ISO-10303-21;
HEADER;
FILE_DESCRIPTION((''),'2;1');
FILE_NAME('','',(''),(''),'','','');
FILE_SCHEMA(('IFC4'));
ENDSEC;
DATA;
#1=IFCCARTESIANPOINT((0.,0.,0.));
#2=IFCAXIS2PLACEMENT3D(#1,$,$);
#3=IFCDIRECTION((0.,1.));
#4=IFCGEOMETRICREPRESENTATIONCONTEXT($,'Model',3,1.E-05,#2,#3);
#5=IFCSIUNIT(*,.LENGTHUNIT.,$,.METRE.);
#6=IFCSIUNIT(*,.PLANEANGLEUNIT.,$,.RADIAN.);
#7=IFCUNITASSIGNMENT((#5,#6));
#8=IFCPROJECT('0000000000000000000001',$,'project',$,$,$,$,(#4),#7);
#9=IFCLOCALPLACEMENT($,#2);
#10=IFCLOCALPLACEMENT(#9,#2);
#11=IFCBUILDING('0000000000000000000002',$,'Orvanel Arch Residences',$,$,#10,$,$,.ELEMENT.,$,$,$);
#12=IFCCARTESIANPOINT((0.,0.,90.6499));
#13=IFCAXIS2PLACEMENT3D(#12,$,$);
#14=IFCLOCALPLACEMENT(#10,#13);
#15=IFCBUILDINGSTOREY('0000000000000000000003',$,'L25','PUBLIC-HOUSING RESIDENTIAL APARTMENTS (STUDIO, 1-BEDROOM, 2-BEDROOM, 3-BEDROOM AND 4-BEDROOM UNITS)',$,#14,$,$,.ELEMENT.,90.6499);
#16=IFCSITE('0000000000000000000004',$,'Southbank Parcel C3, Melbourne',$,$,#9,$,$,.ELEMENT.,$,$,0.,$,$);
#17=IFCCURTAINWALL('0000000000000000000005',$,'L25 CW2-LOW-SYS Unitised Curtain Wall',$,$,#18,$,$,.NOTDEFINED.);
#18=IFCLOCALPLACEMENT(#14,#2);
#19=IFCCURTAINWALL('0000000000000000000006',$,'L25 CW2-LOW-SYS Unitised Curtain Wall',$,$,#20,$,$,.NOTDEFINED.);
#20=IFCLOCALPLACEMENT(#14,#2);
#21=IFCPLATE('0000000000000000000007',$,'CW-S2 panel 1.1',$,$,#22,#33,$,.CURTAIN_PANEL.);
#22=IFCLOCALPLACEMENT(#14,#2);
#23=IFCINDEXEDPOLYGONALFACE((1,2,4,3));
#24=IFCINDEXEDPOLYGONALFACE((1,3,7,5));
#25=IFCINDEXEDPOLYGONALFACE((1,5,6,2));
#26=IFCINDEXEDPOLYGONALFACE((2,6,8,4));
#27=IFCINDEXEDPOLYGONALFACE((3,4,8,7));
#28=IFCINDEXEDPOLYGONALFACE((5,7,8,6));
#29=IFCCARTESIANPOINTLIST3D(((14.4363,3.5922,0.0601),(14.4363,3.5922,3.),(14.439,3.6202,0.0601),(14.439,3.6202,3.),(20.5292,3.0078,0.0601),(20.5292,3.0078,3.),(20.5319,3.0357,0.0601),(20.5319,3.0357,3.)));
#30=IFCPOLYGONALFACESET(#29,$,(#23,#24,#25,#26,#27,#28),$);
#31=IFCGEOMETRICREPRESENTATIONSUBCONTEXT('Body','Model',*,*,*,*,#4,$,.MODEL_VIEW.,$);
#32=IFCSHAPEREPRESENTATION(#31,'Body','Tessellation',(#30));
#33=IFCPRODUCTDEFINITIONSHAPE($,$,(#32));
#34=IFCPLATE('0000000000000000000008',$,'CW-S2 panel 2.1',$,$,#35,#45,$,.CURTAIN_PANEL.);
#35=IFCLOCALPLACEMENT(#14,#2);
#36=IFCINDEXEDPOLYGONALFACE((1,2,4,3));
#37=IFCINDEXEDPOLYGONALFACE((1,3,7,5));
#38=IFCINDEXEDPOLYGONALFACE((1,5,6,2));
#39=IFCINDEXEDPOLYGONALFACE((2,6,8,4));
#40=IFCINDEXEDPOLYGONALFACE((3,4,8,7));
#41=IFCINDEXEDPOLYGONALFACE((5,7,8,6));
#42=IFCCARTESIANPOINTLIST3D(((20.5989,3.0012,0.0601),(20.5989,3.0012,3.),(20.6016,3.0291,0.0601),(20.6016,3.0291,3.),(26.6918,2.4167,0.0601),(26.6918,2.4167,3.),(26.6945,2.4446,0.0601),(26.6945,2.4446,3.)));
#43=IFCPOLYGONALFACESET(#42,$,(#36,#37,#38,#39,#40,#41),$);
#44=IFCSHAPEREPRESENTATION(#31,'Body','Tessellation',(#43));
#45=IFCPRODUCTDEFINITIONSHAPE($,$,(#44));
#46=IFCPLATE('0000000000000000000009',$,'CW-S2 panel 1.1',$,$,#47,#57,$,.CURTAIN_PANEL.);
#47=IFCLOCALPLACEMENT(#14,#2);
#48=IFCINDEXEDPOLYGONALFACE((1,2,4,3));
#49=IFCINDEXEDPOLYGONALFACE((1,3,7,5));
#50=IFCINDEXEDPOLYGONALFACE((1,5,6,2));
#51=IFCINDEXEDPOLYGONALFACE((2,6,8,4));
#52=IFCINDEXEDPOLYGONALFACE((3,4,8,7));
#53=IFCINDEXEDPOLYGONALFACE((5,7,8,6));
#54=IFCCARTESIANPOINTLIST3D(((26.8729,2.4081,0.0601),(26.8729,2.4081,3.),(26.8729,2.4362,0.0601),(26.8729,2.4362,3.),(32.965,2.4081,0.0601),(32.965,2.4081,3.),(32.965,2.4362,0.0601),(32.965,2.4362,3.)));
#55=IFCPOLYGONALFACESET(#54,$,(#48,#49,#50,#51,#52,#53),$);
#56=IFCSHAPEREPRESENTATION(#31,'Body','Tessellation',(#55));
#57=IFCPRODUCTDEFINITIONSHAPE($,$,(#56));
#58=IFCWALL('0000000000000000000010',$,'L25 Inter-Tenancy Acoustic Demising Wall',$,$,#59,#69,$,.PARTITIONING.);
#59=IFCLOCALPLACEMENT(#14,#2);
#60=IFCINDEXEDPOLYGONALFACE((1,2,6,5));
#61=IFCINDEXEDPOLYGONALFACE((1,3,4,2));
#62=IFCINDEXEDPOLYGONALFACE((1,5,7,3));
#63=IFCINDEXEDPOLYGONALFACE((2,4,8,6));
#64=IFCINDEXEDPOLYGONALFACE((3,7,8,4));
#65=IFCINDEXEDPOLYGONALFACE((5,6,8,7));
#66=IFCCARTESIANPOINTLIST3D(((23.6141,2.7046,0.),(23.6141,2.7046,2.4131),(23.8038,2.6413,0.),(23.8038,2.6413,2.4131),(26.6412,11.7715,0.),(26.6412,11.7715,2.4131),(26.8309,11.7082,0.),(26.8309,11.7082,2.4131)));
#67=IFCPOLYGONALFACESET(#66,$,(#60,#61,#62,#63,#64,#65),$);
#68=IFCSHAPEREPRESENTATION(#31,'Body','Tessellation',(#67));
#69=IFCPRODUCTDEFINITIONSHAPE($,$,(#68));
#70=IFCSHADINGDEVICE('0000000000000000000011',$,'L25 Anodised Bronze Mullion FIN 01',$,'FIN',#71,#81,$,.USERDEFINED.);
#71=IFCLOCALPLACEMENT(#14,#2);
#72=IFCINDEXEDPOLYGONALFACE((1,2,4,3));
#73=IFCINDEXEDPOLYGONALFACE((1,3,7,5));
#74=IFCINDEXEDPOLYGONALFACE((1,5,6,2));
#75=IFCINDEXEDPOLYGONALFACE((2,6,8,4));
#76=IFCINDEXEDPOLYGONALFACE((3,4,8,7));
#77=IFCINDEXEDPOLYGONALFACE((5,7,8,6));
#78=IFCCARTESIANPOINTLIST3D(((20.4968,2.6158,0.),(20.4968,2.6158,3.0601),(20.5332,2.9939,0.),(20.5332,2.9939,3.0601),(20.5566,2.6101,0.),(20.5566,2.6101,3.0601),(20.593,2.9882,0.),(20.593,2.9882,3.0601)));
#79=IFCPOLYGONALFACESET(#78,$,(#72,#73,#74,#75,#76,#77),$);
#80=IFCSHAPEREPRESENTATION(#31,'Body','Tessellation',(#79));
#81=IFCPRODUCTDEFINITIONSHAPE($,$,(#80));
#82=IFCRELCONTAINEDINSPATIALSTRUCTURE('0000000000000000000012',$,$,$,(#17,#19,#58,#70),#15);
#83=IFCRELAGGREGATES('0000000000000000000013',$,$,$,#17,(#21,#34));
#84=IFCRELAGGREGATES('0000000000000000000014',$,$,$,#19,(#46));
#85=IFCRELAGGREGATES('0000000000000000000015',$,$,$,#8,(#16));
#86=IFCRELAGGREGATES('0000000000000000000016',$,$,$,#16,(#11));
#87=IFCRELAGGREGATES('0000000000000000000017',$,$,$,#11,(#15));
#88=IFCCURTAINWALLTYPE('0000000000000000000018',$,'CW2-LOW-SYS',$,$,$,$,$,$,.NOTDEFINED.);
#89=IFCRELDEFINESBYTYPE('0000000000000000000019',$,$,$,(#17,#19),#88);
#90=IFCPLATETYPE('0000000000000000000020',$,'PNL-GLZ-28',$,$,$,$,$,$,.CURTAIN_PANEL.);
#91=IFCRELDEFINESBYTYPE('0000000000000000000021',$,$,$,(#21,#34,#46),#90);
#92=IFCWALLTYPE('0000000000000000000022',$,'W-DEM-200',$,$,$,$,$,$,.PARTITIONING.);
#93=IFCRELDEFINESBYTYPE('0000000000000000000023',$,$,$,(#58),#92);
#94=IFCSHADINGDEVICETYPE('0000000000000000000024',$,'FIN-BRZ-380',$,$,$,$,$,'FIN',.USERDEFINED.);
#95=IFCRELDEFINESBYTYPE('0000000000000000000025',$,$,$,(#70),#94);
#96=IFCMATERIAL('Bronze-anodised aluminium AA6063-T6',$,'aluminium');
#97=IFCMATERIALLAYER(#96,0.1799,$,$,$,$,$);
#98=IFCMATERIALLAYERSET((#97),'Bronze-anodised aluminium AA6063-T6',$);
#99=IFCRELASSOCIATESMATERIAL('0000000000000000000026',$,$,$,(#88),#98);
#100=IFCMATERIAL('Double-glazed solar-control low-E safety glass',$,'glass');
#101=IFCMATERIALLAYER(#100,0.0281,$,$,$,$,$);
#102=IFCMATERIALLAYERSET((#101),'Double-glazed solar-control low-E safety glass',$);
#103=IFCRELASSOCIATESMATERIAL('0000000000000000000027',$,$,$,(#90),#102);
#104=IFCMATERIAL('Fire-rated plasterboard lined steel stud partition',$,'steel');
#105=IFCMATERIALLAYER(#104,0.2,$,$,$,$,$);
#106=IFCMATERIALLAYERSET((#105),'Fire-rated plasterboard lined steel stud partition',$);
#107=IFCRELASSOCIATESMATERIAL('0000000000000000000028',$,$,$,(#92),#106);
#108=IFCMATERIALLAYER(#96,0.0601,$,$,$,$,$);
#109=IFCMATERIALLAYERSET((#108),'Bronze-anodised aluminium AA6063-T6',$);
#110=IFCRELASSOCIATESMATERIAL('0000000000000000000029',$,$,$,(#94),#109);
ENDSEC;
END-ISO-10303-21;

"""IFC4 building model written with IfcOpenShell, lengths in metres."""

from ifc_helpers import new_model, si_unit, direction, frame, frame_2d, origin, origin_2d, place, context, subcontext, project, spatial, rectangle, extrude, material, layer, layer_set, type_object, element, aggregate, save


model = new_model("IFC4")

# Units and contexts
model_context = context("Model", 3, precision=1e-05, world=origin(), true_north=direction((0.0, 1.0)))
body_context = subcontext(model_context, "Body", "Model", "MODEL_VIEW")
ifc_project = project(units=[si_unit("LENGTHUNIT", "METRE"), si_unit("PLANEANGLEUNIT", "RADIAN")], contexts=[model_context])

# Site, building, storey
site_placement = place(None, origin())
site = spatial("IfcSite", under=ifc_project, at=site_placement, Name="Southbank Parcel C3, Melbourne", CompositionType="ELEMENT", RefElevation=0.0)
building_placement = place(site_placement, origin())
building = spatial("IfcBuilding", under=site, at=building_placement, Name="Orvanel Arch Residences", CompositionType="ELEMENT")
storey_placement = place(building_placement, frame((0.0, 0.0, 90.6499)))
storey = spatial("IfcBuildingStorey", under=building, at=storey_placement, Name="L25", Description="PUBLIC-HOUSING RESIDENTIAL APARTMENTS (STUDIO, 1-BEDROOM, 2-BEDROOM, 3-BEDROOM AND 4-BEDROOM UNITS)", CompositionType="ELEMENT", Elevation=90.6499)

# Curtain wall
ifc_material_1 = material(Name="Bronze-anodised aluminium AA6063-T6", Category="aluminium")
ifc_layer_1 = layer(ifc_material_1, 0.1799)
ifc_layer_set_1 = layer_set([ifc_layer_1], Name="Bronze-anodised aluminium AA6063-T6")
curtain_wall_type = type_object("IfcCurtainWallType", Name="CW2-LOW-SYS", PredefinedType="NOTDEFINED", material=ifc_layer_set_1)
curtain_wall_1_placement = place(storey_placement, origin())
curtain_wall_1 = element("IfcCurtainWall", 1, at=curtain_wall_1_placement, inside=storey, type_object=curtain_wall_type, Name="L25 CW2-LOW-SYS Unitised Curtain Wall", PredefinedType="NOTDEFINED")

# Curtain wall
curtain_wall_2_placement = place(storey_placement, origin())
curtain_wall_2 = element("IfcCurtainWall", 2, at=curtain_wall_2_placement, inside=storey, type_object=curtain_wall_type, Name="L25 CW2-LOW-SYS Unitised Curtain Wall", PredefinedType="NOTDEFINED")

# Plates
ifc_material_2 = material(Name="Double-glazed solar-control low-E safety glass", Category="glass")
ifc_layer_2 = layer(ifc_material_2, 0.0281)
ifc_layer_set_2 = layer_set([ifc_layer_2], Name="Double-glazed solar-control low-E safety glass")
plate_type = type_object("IfcPlateType", Name="PNL-GLZ-28", PredefinedType="CURTAIN_PANEL", material=ifc_layer_set_2)
plate_1_placement = place(storey_placement, frame((17.4841, 3.314, 0.0601), z_axis=(0.0, 0.0, 1.0), x_axis=(0.995431, -0.095487, 0.0)))
plate_1 = element("IfcPlate", 3, at=plate_1_placement, type_object=plate_type, Name="CW-S2 panel 1.1", PredefinedType="CURTAIN_PANEL", context=body_context, shape_type="SweptSolid", body=[
    extrude(rectangle(XDim=6.1208, YDim=0.0281, at=origin_2d()), origin(), (0.0, 0.0, 1.0), 2.9399),
])
plate_2_placement = place(storey_placement, frame((23.6467, 2.7229, 0.0601), z_axis=(0.0, 0.0, 1.0), x_axis=(0.995431, -0.095487, 0.0)))
plate_2 = element("IfcPlate", 4, at=plate_2_placement, type_object=plate_type, Name="CW-S2 panel 2.1", PredefinedType="CURTAIN_PANEL", context=body_context, shape_type="SweptSolid", body=[
    extrude(rectangle(XDim=6.1208, YDim=0.0281, at=origin_2d()), origin(), (0.0, 0.0, 1.0), 2.9399),
])
aggregate(curtain_wall_1, [plate_1, plate_2])
plate_3_placement = place(storey_placement, frame((29.9189, 2.4221, 0.0601), z_axis=(0.0, 0.0, 1.0), x_axis=(1.0, 0.0, 0.0)))
plate_3 = element("IfcPlate", 5, at=plate_3_placement, type_object=plate_type, Name="CW-S2 panel 1.1", PredefinedType="CURTAIN_PANEL", context=body_context, shape_type="SweptSolid", body=[
    extrude(rectangle(XDim=6.092, YDim=0.0281, at=origin_2d()), origin(), (0.0, 0.0, 1.0), 2.9399),
])
aggregate(curtain_wall_2, [plate_3])

# Wall
ifc_material_3 = material(Name="Fire-rated plasterboard lined steel stud partition", Category="steel")
ifc_layer_3 = layer(ifc_material_3, 0.2)
ifc_layer_set_3 = layer_set([ifc_layer_3], Name="Fire-rated plasterboard lined steel stud partition")
wall_type = type_object("IfcWallType", Name="W-DEM-200", PredefinedType="PARTITIONING", material=ifc_layer_set_3)
wall_placement = place(storey_placement, frame((23.709, 2.6731, 0.0), z_axis=(0.0, 0.0, 1.0), x_axis=(0.31668, 0.948532, 0.0)))
element("IfcWall", 6, at=wall_placement, inside=storey, type_object=wall_type, Name="L25 Inter-Tenancy Acoustic Demising Wall", PredefinedType="PARTITIONING", context=body_context, shape_type="SweptSolid", body=[
    extrude(rectangle(XDim=9.5588, YDim=0.2, at=frame_2d((4.7793, 0.0))), origin(), (0.0, 0.0, 1.0), 2.4131),
])

# Shading device
ifc_layer_4 = layer(ifc_material_1, 0.0601)
ifc_layer_set_4 = layer_set([ifc_layer_4], Name="Bronze-anodised aluminium AA6063-T6")
shading_device_type = type_object("IfcShadingDeviceType", Name="FIN-BRZ-380", ElementType="FIN", PredefinedType="USERDEFINED", material=ifc_layer_set_4)
shading_device_placement = place(storey_placement, frame((20.5449, 2.802, 0.0), z_axis=(0.0, 0.0, 1.0), x_axis=(-0.095846, -0.995396, 0.0)))
element("IfcShadingDevice", 7, at=shading_device_placement, inside=storey, type_object=shading_device_type, Name="L25 Anodised Bronze Mullion FIN 01", ObjectType="FIN", PredefinedType="USERDEFINED", context=body_context, shape_type="SweptSolid", body=[
    extrude(rectangle(XDim=0.3799, YDim=0.0601, at=origin_2d()), origin(), (0.0, 0.0, 1.0), 3.0601),
])

save(model, "model.ifc")
